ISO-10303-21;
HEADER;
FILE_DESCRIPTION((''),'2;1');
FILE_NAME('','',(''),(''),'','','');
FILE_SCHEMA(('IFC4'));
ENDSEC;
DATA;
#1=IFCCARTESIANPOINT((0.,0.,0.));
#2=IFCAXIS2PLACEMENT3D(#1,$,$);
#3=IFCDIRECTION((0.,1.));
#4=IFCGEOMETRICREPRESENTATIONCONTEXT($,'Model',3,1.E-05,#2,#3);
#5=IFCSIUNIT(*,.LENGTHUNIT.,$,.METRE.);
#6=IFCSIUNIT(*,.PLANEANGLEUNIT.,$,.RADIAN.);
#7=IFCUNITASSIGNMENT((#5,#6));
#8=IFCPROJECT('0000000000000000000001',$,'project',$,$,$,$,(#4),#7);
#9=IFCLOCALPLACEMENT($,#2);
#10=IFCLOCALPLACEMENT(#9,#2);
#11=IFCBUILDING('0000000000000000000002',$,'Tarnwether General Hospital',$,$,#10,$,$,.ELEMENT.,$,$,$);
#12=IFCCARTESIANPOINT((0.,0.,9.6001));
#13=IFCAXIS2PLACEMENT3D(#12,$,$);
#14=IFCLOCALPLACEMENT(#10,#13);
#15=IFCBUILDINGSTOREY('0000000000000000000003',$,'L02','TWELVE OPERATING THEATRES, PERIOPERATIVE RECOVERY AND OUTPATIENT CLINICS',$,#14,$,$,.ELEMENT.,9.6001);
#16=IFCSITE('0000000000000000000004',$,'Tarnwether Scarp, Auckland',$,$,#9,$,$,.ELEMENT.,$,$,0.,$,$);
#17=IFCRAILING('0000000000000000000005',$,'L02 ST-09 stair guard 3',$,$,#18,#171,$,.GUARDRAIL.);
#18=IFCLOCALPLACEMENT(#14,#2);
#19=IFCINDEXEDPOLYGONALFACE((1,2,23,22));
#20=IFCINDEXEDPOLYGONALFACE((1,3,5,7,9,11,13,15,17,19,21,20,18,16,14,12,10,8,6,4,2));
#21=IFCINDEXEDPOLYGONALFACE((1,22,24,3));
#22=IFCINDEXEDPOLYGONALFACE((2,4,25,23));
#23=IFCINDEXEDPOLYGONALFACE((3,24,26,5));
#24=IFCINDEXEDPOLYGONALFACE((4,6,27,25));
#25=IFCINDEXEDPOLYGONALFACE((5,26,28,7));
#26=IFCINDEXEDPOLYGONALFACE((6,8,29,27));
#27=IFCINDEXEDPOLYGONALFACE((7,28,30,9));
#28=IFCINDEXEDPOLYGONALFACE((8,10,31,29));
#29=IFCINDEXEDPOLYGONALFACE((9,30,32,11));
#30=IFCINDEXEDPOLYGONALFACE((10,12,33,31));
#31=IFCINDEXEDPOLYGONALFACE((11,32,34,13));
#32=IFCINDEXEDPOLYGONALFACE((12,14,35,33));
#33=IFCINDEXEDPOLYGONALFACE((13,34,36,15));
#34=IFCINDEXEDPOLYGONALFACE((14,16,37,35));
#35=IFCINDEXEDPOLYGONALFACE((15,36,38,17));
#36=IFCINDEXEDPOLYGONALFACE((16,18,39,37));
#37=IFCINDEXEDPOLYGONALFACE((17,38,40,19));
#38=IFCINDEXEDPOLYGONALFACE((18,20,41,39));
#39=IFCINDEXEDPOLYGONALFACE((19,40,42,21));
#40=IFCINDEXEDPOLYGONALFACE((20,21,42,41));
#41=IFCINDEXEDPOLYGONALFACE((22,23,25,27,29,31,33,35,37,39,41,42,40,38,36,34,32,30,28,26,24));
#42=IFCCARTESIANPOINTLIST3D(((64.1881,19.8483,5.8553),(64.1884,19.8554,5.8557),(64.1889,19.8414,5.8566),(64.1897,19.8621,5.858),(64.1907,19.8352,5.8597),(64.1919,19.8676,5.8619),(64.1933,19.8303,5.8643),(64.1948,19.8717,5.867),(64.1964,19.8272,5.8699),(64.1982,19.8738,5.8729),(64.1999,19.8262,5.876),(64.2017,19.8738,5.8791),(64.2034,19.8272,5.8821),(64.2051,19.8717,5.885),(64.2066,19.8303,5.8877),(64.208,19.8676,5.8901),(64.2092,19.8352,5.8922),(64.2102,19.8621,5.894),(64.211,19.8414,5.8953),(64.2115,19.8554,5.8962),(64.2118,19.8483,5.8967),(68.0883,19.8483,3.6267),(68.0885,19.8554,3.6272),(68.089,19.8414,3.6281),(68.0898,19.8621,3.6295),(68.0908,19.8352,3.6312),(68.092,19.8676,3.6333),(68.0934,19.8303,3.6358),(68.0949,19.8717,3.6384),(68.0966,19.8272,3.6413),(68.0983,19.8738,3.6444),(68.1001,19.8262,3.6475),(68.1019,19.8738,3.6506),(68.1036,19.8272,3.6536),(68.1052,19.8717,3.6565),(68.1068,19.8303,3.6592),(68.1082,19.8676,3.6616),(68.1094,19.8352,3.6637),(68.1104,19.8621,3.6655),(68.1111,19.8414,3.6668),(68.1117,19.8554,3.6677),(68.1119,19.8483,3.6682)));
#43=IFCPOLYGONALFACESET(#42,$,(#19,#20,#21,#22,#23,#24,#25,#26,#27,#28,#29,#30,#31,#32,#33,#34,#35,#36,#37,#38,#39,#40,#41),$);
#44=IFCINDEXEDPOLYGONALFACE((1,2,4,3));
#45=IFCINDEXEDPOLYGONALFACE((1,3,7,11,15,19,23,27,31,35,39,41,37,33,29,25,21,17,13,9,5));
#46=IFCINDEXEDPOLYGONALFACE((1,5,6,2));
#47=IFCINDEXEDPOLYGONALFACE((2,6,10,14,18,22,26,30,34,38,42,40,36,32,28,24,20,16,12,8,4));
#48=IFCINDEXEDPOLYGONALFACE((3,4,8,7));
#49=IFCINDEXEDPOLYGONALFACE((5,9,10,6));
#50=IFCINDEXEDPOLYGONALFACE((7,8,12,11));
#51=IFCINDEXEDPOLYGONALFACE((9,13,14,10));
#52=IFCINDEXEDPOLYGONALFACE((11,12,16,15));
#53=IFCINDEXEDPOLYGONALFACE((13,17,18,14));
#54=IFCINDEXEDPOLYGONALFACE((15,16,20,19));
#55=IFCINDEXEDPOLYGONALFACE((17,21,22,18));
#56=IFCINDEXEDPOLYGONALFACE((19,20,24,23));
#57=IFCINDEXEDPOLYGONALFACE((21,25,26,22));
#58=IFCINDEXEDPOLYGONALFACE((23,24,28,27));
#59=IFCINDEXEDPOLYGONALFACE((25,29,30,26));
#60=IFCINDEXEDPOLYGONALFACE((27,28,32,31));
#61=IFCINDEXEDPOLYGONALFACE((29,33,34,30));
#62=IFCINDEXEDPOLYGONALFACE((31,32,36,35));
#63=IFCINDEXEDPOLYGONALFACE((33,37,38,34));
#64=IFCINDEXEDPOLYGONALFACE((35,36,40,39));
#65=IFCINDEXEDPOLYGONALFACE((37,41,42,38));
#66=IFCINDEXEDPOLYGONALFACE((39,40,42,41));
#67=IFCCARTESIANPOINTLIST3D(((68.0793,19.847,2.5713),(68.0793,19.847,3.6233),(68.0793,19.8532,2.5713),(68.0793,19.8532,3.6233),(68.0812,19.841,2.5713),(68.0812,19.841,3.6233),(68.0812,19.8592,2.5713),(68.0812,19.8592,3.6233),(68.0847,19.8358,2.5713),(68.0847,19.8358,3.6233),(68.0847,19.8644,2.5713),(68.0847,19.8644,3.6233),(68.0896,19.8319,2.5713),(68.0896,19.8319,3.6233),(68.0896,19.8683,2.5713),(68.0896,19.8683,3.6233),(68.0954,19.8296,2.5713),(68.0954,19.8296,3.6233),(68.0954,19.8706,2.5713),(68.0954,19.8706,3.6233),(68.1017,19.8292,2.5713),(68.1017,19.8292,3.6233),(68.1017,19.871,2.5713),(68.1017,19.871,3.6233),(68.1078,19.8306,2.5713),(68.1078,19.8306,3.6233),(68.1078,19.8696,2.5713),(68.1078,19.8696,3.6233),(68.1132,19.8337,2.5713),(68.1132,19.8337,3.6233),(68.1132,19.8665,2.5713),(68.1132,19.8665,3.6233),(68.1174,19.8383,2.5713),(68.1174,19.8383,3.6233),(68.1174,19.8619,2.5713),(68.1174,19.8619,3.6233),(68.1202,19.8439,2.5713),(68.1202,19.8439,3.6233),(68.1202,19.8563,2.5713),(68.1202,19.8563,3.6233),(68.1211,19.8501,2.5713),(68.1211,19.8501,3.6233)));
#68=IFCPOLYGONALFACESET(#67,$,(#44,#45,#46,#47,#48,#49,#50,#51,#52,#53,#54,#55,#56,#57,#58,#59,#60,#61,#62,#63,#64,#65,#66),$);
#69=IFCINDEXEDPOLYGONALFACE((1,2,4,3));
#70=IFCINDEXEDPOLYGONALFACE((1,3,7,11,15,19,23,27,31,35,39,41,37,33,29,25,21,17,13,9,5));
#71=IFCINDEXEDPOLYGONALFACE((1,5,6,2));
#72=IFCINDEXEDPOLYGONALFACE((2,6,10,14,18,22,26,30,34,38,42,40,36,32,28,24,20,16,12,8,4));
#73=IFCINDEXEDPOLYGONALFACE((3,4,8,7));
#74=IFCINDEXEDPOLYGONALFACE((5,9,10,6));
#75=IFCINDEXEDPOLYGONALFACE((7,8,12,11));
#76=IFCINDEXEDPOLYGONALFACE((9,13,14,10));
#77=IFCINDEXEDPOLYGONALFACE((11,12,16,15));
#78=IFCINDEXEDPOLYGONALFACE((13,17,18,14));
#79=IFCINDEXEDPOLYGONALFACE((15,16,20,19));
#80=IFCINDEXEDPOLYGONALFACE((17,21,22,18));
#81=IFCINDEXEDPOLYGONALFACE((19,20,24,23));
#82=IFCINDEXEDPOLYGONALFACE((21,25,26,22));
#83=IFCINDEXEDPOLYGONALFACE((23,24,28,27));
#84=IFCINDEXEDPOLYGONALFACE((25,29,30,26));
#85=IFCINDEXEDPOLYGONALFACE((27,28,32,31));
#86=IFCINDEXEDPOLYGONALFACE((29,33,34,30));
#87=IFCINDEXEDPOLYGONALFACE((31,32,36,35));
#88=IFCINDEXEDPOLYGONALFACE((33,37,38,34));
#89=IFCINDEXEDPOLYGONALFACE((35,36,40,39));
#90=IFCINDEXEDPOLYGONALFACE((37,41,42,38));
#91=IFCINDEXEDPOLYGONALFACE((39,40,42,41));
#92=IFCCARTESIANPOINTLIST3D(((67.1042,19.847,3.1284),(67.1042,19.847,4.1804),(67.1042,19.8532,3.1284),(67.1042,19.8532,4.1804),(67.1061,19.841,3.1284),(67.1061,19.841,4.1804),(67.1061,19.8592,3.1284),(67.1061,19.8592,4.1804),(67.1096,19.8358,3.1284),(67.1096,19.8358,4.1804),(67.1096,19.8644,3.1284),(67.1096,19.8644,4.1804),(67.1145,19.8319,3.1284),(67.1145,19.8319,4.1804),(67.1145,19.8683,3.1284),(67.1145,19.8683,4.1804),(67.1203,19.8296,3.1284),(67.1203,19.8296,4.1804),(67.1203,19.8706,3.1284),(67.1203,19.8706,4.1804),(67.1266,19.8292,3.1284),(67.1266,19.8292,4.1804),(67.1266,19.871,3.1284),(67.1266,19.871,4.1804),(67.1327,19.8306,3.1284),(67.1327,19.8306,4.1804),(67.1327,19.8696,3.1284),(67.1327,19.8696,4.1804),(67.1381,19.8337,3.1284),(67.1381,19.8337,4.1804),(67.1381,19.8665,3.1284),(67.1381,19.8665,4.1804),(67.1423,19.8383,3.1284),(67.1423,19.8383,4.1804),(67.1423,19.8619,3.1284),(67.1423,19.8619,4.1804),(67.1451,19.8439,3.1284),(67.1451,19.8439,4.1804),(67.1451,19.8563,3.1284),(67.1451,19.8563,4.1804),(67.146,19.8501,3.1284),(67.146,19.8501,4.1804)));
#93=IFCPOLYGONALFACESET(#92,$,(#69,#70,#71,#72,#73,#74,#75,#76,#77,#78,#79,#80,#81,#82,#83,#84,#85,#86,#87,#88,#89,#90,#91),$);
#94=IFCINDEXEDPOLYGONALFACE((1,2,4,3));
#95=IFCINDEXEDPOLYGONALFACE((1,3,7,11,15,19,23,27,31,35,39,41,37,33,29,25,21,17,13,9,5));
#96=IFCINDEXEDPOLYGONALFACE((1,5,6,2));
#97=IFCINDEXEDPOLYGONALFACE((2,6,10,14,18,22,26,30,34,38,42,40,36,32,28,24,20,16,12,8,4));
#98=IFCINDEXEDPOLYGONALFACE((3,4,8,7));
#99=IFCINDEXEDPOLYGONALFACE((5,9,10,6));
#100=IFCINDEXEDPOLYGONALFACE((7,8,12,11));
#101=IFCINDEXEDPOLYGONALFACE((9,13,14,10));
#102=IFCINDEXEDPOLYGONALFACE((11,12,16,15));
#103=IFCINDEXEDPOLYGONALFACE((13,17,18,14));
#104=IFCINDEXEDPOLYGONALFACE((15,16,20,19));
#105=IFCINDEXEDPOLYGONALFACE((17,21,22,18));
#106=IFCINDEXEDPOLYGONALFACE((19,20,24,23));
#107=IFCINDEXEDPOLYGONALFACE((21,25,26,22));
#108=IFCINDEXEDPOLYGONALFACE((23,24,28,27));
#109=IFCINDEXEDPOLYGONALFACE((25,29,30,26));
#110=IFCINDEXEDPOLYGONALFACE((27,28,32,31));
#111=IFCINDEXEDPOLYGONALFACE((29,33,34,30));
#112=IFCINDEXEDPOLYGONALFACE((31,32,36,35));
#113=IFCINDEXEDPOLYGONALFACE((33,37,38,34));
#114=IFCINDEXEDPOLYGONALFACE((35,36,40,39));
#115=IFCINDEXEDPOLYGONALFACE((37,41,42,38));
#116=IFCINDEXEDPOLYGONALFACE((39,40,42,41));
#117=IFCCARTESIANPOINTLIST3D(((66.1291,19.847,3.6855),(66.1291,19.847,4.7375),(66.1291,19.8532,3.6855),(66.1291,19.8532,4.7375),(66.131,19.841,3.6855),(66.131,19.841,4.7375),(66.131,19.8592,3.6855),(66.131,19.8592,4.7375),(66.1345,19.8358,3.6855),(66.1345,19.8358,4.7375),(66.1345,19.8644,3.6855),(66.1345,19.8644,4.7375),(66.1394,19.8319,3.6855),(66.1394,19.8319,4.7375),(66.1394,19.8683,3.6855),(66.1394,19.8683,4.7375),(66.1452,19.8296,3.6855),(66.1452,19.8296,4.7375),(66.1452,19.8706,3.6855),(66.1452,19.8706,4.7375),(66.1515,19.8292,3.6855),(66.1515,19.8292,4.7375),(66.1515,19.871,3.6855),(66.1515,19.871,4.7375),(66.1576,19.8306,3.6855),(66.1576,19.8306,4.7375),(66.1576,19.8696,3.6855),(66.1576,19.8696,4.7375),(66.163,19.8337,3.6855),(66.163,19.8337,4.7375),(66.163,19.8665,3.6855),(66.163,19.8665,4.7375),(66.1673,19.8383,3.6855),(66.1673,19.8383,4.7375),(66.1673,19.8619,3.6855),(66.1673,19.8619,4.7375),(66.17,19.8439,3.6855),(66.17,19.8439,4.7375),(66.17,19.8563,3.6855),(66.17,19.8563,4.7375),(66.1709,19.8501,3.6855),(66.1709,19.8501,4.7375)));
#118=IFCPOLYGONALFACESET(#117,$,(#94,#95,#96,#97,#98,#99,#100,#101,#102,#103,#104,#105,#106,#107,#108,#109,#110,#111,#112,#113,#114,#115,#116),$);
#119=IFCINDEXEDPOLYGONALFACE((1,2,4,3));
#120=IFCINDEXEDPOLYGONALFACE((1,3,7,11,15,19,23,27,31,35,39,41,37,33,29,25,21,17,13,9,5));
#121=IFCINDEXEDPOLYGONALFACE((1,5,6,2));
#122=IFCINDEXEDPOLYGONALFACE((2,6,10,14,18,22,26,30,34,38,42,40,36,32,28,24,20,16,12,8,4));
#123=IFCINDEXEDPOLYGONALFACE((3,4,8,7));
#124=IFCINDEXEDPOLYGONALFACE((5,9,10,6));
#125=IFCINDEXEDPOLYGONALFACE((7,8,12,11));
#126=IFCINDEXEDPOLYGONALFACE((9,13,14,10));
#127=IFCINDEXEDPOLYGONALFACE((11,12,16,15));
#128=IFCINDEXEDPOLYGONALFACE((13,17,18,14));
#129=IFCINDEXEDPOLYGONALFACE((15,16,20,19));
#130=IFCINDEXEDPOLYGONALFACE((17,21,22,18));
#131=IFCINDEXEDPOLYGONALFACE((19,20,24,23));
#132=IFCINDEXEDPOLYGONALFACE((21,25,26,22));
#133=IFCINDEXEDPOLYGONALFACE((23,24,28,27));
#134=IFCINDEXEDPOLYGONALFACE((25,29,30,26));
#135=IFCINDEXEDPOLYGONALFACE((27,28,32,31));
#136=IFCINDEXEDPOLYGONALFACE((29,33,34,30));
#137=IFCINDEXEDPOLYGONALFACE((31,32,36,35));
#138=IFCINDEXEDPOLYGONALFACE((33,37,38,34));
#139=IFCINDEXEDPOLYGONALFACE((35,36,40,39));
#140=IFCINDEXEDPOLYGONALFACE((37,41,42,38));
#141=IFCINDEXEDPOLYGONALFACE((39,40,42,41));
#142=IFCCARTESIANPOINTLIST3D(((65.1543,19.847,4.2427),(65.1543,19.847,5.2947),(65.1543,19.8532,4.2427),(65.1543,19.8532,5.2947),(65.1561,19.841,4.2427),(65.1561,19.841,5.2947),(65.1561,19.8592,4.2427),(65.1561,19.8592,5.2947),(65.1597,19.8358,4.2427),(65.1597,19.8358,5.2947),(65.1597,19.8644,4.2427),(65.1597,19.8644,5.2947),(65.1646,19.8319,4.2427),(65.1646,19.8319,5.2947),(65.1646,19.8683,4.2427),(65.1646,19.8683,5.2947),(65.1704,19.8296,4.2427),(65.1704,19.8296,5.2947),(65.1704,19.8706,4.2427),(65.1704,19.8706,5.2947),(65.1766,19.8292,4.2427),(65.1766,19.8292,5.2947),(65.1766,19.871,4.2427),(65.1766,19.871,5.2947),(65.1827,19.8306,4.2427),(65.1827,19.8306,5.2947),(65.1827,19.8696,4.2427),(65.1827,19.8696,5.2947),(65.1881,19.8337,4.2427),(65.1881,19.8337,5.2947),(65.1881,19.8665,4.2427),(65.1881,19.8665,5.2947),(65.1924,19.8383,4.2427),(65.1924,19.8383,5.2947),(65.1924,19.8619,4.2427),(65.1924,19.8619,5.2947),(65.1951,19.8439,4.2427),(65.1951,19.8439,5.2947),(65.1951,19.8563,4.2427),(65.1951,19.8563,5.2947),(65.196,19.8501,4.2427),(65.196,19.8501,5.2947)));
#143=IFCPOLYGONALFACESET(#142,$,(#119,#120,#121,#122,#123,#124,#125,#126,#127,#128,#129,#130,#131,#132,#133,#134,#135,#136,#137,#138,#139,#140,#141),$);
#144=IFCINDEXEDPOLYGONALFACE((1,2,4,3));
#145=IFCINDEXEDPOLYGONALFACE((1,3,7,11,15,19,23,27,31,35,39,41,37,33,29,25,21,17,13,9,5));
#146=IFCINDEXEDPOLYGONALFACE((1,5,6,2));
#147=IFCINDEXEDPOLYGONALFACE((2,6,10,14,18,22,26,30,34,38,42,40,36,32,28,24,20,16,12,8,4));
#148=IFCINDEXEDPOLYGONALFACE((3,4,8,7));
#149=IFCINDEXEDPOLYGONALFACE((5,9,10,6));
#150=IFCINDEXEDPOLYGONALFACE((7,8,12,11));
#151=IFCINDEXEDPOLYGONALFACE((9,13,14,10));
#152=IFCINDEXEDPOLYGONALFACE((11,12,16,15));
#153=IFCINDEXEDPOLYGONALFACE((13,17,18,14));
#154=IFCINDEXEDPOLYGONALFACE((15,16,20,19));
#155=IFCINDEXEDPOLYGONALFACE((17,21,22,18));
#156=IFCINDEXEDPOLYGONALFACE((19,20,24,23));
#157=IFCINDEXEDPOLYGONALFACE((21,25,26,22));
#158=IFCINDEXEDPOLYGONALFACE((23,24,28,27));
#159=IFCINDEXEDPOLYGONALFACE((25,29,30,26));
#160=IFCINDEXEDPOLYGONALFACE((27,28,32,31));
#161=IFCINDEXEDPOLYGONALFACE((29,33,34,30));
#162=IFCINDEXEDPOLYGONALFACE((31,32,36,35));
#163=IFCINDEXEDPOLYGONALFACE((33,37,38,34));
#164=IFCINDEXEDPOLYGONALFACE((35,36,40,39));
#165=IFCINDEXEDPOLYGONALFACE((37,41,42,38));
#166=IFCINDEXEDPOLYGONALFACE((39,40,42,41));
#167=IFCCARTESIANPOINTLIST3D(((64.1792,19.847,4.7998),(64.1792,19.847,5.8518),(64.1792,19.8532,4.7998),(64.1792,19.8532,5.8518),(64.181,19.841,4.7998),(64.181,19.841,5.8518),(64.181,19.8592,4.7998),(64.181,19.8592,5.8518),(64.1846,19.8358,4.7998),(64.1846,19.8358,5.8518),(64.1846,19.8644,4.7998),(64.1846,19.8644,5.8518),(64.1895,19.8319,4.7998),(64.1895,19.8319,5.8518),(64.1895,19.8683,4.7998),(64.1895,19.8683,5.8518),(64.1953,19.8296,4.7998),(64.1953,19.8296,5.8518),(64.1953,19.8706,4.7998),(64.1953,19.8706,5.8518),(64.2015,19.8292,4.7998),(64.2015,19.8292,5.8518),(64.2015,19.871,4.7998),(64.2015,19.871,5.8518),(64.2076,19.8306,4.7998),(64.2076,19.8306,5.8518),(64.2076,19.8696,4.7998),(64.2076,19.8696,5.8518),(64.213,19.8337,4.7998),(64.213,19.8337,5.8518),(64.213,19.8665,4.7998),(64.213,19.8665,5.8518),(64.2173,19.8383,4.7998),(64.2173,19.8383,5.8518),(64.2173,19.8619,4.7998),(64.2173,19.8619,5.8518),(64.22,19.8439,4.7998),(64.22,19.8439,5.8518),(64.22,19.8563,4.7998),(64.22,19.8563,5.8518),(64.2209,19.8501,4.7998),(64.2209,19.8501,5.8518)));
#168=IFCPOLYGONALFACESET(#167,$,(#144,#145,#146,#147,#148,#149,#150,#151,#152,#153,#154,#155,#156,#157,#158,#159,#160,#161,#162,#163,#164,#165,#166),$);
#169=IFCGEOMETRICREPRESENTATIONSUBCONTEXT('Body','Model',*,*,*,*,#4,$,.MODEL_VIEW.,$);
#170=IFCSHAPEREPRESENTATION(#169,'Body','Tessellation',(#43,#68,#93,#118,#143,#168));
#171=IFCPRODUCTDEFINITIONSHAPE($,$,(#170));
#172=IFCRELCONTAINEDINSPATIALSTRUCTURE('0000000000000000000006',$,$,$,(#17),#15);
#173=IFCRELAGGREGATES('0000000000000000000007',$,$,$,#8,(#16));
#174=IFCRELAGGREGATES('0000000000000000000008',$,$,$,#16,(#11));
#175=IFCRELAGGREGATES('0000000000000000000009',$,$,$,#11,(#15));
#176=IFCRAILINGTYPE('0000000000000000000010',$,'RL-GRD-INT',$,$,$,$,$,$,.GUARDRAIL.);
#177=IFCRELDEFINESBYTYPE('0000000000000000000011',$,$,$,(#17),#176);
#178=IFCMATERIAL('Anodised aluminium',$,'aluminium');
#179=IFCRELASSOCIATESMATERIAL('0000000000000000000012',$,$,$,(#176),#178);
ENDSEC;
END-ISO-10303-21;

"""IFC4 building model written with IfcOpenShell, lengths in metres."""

from ifc_helpers import new_model, si_unit, direction, frame, origin, origin_2d, place, context, subcontext, project, spatial, circle, extrude, material, type_object, element, save


model = new_model("IFC4")

# Units and contexts
model_context = context("Model", 3, precision=1e-05, world=origin(), true_north=direction((0.0, 1.0)))
body_context = subcontext(model_context, "Body", "Model", "MODEL_VIEW")
ifc_project = project(units=[si_unit("LENGTHUNIT", "METRE"), si_unit("PLANEANGLEUNIT", "RADIAN")], contexts=[model_context])

# Site, building, storey
site_placement = place(None, origin())
site = spatial("IfcSite", under=ifc_project, at=site_placement, Name="Tarnwether Scarp, Auckland", CompositionType="ELEMENT", RefElevation=0.0)
building_placement = place(site_placement, origin())
building = spatial("IfcBuilding", under=site, at=building_placement, Name="Tarnwether General Hospital", CompositionType="ELEMENT")
storey_placement = place(building_placement, frame((0.0, 0.0, 9.6001)))
storey = spatial("IfcBuildingStorey", under=building, at=storey_placement, Name="L02", Description="TWELVE OPERATING THEATRES, PERIOPERATIVE RECOVERY AND OUTPATIENT CLINICS", CompositionType="ELEMENT", Elevation=9.6001)

# Railing
ifc_material_1 = material(Name="Anodised aluminium", Category="aluminium")
railing_type_1 = type_object("IfcRailingType", Name="RL-GRD-INT", PredefinedType="GUARDRAIL", material=ifc_material_1)
railing_1_placement = place(storey_placement, frame((68.1001, 19.8501, 2.5713)))
element("IfcRailing", 1, at=railing_1_placement, inside=storey, type_object=railing_type_1, Name="L02 ST-09 stair guard 3", PredefinedType="GUARDRAIL", context=body_context, shape_type="SweptSolid", body=[
    extrude(circle(Radius=0.0239, at=origin_2d()), frame((0.0, 0.0, 1.0762), z_axis=(-0.868257, 0.0, 0.496116), x_axis=(0.0, -1.0, 0.0)), (0.0, 0.0, 1.0), 4.4919),
    extrude(circle(Radius=0.021, at=origin_2d()), origin(), (0.0, 0.0, 1.0), 1.052),
    extrude(circle(Radius=0.021, at=origin_2d()), frame((-0.9751, 0.0, 0.5571)), (0.0, 0.0, 1.0), 1.052),
    extrude(circle(Radius=0.021, at=origin_2d()), frame((-1.9502, 0.0, 1.1143)), (0.0, 0.0, 1.0), 1.052),
    extrude(circle(Radius=0.021, at=origin_2d()), frame((-2.925, 0.0, 1.6714)), (0.0, 0.0, 1.0), 1.052),
    extrude(circle(Radius=0.021, at=origin_2d()), frame((-3.9001, 0.0, 2.2285)), (0.0, 0.0, 1.0), 1.052),
])

save(model, "model.ifc")
